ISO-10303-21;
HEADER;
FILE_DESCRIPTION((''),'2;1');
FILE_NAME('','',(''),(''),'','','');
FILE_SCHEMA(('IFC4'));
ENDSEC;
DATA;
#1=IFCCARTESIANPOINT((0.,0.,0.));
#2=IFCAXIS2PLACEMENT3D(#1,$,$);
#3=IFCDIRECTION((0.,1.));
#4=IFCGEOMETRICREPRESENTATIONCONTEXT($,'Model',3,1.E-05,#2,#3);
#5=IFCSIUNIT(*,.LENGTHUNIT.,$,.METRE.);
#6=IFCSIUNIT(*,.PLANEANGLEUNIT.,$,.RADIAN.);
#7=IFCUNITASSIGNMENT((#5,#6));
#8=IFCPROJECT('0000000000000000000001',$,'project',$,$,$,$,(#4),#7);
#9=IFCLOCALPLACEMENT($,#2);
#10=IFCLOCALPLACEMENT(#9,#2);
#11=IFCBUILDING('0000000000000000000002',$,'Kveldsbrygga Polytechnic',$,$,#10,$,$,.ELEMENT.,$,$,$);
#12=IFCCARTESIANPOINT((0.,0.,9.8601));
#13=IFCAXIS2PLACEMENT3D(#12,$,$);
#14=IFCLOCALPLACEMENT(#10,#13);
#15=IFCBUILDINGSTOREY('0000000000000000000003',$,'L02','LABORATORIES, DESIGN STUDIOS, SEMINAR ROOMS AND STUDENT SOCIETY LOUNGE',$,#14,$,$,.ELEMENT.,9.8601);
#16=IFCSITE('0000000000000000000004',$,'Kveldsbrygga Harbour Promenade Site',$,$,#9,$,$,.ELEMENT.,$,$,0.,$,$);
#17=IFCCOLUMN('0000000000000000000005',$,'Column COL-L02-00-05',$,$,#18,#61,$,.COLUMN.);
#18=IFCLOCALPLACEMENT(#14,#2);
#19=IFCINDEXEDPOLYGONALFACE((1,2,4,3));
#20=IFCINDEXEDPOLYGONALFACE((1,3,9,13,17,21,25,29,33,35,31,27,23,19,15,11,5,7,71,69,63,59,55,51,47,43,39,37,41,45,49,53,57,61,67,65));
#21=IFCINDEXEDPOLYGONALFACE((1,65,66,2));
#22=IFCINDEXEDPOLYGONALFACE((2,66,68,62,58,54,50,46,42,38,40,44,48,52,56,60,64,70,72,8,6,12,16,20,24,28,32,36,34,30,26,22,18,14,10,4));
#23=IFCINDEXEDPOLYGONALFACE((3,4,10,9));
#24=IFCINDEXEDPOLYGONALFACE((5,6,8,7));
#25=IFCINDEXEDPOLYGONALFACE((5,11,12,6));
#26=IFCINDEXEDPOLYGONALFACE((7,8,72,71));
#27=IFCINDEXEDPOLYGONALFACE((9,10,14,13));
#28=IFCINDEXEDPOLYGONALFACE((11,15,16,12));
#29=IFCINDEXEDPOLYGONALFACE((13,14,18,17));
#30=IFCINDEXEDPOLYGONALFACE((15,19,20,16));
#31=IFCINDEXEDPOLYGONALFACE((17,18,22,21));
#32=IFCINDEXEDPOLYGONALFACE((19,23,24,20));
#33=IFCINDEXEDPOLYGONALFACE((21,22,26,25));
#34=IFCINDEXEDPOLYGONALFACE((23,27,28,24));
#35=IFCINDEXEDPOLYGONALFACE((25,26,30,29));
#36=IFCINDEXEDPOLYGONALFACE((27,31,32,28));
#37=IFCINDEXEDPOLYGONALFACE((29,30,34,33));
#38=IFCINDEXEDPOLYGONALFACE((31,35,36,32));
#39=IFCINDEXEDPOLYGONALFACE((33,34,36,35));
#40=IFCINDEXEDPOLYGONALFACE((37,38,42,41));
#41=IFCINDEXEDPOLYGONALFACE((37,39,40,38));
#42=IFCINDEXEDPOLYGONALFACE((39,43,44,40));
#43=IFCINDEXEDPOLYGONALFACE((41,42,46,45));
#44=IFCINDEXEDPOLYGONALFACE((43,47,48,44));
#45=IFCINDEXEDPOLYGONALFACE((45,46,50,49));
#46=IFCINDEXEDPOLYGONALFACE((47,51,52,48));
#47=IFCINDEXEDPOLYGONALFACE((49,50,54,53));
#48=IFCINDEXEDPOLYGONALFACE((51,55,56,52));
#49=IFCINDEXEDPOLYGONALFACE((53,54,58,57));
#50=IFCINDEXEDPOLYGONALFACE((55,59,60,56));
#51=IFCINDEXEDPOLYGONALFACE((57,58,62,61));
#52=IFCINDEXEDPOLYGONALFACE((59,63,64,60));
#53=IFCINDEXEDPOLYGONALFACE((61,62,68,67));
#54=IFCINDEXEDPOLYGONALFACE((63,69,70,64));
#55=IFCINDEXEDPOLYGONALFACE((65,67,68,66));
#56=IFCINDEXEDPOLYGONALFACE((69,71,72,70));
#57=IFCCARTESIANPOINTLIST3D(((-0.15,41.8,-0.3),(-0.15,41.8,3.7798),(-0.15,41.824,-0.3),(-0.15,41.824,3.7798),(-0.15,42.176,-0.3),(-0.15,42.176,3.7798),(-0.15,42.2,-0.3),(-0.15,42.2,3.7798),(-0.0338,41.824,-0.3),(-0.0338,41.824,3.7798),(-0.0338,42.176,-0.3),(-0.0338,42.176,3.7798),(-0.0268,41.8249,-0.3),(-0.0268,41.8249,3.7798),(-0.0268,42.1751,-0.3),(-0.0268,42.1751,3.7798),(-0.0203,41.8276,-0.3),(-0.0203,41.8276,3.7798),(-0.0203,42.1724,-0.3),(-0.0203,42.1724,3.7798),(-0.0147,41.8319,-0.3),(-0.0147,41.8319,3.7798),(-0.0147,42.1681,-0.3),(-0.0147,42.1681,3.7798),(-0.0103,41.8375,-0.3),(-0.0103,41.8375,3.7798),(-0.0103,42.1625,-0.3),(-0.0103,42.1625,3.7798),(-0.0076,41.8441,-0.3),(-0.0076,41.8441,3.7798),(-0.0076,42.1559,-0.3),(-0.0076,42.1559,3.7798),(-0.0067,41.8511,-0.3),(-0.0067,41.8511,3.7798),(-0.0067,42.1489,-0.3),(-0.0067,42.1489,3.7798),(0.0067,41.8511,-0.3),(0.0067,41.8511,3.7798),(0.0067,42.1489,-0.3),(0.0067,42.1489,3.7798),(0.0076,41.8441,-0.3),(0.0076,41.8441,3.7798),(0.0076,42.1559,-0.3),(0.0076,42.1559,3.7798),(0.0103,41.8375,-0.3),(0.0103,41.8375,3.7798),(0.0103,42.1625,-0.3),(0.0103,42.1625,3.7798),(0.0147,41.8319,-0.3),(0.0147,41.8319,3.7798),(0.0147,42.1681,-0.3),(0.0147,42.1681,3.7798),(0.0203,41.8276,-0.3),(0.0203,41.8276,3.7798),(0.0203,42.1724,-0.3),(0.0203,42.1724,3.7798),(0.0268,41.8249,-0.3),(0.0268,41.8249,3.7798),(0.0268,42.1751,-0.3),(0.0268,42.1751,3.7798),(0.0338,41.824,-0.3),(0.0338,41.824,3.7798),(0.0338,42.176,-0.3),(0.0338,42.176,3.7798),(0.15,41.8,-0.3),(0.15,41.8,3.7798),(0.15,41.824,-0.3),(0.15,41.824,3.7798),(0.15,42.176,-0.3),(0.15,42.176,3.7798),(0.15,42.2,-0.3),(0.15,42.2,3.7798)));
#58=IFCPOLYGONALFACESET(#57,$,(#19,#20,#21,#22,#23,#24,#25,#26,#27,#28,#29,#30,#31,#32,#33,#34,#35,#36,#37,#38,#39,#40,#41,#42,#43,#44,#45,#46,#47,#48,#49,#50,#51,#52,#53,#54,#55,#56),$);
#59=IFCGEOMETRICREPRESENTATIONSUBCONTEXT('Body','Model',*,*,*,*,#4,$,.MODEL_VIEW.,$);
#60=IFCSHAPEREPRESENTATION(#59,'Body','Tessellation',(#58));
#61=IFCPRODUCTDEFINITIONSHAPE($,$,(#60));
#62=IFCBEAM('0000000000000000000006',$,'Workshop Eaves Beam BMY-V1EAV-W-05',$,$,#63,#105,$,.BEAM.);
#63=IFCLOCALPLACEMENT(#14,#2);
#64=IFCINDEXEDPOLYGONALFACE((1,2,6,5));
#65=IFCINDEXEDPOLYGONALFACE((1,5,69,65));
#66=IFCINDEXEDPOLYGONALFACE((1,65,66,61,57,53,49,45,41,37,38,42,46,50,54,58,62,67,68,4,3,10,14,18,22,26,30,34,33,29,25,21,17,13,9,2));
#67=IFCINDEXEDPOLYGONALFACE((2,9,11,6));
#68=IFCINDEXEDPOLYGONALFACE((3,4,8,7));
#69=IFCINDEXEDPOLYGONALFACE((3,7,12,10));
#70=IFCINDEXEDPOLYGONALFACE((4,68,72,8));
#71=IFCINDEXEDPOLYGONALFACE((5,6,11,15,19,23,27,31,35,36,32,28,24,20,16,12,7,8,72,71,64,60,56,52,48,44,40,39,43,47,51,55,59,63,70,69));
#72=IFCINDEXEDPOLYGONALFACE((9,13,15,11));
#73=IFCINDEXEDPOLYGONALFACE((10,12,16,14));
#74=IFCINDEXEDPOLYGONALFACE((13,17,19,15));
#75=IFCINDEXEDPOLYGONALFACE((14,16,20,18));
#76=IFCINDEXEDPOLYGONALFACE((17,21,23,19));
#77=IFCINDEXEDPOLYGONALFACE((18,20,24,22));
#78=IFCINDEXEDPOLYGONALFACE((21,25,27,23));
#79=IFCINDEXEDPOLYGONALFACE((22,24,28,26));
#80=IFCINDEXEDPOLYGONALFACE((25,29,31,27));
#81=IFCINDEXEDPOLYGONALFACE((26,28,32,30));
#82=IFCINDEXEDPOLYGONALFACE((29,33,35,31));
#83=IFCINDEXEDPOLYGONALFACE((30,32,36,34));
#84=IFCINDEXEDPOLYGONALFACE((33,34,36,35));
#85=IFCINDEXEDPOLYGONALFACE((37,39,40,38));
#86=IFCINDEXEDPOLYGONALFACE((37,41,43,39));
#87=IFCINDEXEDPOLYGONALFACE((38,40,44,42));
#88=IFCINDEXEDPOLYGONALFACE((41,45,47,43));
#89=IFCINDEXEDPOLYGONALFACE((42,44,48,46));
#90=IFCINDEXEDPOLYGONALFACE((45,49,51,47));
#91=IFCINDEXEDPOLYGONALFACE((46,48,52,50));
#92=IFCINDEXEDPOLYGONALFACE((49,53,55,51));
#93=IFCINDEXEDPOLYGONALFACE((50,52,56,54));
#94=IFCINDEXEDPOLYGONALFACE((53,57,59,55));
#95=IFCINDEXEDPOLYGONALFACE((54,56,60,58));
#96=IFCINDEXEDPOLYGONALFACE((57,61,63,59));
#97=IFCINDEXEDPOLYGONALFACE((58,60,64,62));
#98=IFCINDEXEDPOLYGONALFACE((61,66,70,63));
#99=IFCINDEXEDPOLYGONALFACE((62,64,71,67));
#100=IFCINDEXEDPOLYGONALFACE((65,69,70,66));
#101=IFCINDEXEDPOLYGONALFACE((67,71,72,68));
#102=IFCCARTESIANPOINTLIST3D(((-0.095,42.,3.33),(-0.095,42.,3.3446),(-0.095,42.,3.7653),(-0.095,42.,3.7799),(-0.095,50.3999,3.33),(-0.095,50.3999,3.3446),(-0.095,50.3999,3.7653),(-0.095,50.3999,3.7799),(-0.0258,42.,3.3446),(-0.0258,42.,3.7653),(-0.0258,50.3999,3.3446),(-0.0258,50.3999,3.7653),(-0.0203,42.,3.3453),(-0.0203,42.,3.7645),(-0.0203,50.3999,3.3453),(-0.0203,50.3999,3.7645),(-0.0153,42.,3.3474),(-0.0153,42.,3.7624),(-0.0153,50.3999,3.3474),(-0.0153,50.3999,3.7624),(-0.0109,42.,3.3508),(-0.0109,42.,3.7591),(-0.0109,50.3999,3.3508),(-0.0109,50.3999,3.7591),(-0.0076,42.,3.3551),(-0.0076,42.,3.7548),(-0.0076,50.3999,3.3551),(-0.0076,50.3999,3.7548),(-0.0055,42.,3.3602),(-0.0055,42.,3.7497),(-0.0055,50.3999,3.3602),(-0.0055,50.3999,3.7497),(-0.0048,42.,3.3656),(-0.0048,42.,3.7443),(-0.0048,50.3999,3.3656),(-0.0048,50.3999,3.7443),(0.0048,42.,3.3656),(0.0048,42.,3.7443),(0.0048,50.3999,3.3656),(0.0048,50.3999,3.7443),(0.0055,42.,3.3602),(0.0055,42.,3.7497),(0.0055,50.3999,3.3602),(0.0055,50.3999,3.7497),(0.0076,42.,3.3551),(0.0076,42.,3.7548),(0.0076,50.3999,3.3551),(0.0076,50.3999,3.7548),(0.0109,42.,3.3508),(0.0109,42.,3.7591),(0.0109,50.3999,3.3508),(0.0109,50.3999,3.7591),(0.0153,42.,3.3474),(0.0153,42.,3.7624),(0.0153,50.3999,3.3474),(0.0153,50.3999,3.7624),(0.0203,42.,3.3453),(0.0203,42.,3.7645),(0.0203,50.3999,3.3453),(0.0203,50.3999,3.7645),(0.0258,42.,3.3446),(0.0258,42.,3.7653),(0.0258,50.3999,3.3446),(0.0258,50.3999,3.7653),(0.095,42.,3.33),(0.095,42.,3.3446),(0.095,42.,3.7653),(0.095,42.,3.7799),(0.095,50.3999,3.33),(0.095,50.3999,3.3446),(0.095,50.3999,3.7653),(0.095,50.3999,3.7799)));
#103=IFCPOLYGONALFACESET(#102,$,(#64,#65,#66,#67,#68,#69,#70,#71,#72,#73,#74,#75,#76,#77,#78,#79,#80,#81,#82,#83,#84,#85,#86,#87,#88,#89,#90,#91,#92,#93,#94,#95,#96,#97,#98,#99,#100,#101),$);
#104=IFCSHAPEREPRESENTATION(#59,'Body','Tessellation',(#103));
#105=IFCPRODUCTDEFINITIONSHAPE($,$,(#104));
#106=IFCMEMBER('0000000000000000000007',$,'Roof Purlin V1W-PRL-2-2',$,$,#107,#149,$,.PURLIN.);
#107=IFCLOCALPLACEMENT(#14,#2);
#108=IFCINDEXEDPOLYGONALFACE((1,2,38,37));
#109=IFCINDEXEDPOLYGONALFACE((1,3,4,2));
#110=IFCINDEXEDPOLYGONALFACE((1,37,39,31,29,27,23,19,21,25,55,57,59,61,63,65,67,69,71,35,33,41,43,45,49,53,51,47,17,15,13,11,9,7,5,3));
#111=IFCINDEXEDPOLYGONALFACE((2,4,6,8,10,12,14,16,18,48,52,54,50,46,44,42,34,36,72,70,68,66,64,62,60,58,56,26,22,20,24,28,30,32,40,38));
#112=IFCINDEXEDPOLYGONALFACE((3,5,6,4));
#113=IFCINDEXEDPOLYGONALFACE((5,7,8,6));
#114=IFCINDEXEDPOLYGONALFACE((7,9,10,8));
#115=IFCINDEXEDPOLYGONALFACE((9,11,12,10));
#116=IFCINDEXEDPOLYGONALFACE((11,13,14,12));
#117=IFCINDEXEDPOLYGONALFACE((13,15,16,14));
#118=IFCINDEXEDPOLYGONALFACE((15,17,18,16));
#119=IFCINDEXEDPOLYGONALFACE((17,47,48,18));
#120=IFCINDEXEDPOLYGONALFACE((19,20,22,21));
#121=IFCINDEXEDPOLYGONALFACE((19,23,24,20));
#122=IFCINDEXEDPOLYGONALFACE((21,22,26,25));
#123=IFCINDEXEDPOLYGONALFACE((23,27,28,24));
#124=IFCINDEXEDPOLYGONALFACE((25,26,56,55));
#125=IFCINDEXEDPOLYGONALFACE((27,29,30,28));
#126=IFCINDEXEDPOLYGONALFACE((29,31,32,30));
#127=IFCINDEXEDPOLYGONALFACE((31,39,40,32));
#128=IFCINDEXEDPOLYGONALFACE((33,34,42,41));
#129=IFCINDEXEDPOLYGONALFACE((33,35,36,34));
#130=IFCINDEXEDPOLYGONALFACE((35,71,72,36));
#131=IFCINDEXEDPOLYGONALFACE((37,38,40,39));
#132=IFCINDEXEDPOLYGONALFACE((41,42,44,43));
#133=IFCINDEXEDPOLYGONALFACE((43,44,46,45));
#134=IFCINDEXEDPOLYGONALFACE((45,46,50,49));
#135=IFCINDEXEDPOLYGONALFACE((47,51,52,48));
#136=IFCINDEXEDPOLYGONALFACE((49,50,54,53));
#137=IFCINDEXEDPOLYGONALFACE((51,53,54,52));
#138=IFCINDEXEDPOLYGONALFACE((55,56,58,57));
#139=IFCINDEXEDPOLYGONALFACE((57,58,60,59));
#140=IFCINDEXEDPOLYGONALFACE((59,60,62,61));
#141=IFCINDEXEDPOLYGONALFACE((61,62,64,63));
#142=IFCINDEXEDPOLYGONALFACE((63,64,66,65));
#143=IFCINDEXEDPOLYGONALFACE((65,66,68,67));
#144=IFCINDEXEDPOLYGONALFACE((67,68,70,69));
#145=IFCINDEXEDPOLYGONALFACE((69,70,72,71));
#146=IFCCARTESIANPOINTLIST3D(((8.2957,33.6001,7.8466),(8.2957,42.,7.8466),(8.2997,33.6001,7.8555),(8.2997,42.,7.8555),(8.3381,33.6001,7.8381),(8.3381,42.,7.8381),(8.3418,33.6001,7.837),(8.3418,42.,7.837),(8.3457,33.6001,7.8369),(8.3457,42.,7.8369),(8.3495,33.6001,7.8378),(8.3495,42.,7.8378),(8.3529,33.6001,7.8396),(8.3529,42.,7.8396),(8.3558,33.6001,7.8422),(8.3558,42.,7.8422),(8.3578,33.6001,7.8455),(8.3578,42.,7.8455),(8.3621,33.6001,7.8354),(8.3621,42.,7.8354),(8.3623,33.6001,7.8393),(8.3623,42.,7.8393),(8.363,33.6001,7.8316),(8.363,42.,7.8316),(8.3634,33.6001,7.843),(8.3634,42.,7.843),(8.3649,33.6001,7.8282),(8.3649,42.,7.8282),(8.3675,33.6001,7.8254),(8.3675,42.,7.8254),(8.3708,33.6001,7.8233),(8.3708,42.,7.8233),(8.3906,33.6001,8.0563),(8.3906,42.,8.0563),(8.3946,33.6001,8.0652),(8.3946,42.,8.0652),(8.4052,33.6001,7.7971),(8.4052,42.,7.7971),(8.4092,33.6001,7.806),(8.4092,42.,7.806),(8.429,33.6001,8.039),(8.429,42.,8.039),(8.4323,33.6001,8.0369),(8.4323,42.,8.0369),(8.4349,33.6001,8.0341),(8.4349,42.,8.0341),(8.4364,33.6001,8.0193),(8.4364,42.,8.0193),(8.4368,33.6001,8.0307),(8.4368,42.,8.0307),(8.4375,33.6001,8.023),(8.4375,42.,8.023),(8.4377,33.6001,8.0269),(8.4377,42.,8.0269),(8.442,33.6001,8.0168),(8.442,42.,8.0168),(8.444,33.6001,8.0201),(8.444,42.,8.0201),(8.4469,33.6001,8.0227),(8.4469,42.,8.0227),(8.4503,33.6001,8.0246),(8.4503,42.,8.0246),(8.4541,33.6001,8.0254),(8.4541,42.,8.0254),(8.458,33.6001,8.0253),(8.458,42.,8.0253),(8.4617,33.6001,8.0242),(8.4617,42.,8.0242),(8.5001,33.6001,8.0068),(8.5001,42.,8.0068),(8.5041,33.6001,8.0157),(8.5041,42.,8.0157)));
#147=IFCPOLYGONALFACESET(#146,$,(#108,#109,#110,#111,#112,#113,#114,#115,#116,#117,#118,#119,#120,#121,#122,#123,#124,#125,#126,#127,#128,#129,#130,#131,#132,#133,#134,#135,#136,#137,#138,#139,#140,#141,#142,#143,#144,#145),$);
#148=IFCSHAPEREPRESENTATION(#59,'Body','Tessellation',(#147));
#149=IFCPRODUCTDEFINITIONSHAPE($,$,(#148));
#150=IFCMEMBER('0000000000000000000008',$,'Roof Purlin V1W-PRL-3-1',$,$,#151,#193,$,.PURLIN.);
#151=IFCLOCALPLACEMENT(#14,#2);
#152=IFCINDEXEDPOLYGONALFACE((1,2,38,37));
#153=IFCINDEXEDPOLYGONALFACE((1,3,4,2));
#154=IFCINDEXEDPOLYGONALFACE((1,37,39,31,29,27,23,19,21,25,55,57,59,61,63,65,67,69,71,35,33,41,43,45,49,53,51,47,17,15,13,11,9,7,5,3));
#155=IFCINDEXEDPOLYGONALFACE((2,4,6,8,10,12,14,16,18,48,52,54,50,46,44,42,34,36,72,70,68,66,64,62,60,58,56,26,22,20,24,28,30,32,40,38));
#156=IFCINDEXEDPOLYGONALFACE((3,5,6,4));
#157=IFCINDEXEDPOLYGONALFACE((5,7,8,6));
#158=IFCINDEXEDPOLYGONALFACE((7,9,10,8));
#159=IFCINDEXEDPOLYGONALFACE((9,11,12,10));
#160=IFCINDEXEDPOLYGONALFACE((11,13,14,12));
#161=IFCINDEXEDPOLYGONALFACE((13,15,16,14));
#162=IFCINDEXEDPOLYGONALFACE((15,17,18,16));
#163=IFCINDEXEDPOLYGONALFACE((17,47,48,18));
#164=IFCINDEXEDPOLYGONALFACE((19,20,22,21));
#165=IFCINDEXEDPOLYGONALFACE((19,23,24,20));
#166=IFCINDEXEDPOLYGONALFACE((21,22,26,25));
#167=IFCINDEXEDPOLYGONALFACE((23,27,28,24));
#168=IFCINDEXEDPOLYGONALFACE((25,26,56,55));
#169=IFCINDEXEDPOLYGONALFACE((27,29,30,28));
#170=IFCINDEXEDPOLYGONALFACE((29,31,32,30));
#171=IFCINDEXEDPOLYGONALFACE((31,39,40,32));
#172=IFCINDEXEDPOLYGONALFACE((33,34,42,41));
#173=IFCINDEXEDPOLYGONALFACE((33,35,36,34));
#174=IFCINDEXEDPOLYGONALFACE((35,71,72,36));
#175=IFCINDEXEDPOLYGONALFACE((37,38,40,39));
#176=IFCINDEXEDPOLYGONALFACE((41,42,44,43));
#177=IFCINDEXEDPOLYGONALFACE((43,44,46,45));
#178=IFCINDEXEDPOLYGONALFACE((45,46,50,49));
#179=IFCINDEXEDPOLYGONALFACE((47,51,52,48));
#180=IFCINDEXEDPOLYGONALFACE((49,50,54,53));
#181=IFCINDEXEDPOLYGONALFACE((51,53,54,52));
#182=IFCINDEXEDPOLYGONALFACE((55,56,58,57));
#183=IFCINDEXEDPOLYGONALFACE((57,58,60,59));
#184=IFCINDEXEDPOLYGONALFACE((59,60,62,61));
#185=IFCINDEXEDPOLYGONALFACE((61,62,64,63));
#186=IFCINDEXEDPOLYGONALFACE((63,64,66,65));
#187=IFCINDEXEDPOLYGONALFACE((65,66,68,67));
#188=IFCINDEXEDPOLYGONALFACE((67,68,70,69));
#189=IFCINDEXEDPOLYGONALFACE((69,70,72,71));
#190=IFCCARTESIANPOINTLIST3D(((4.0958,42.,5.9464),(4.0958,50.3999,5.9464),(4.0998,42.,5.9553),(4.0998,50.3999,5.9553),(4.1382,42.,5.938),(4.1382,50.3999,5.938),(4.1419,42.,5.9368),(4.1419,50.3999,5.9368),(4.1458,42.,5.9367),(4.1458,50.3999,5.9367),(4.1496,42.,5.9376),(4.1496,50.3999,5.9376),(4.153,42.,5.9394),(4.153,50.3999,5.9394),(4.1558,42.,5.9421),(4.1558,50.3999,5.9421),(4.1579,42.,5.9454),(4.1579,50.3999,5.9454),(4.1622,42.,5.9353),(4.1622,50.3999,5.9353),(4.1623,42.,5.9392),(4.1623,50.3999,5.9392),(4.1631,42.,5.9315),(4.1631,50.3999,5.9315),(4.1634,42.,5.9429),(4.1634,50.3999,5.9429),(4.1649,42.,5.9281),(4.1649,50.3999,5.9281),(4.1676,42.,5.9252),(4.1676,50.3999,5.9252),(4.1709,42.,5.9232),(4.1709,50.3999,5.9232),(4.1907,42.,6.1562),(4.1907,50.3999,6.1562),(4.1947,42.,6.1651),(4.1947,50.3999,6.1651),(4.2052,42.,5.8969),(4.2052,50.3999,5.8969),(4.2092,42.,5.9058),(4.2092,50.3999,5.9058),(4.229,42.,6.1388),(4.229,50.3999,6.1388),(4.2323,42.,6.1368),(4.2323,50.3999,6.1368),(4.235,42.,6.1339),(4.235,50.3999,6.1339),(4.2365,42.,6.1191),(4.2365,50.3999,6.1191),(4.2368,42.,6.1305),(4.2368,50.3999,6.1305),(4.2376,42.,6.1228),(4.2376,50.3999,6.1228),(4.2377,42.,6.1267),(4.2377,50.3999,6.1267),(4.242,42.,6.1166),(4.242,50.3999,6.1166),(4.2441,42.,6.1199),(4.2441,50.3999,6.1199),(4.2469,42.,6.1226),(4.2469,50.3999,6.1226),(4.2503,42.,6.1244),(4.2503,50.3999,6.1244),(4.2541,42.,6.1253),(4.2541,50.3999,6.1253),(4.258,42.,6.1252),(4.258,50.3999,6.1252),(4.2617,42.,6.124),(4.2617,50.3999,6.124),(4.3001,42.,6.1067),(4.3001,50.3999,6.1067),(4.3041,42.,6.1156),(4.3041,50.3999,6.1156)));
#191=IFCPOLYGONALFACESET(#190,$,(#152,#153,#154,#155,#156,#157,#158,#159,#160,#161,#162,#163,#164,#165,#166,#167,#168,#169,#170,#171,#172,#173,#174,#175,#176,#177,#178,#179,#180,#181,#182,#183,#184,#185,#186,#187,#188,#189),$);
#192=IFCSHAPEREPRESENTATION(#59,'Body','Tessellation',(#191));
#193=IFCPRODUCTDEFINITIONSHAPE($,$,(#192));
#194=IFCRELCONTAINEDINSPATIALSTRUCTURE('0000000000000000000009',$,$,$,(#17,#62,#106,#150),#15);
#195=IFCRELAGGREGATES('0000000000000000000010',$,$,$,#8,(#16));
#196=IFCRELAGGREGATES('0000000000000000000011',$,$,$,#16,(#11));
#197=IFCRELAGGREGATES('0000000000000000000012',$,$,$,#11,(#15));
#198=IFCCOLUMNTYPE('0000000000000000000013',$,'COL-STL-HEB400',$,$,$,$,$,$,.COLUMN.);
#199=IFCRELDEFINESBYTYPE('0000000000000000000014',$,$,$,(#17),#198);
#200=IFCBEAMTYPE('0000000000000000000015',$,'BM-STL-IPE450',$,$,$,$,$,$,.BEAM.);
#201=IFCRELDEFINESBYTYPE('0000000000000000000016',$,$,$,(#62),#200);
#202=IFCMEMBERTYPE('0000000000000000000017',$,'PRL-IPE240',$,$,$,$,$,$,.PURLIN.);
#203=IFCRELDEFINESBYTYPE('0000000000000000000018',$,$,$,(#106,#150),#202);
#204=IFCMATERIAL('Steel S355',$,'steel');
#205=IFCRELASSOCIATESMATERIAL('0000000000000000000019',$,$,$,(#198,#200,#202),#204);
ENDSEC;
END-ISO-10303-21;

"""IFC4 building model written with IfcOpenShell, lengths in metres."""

from ifc_helpers import new_model, si_unit, direction, frame, origin, origin_2d, place, context, subcontext, project, spatial, i_section, extrude, material, material_profile, profile_set, type_object, element, save


model = new_model("IFC4")

# Units and contexts
model_context = context("Model", 3, precision=1e-05, world=origin(), true_north=direction((0.0, 1.0)))
body_context = subcontext(model_context, "Body", "Model", "MODEL_VIEW")
ifc_project = project(units=[si_unit("LENGTHUNIT", "METRE"), si_unit("PLANEANGLEUNIT", "RADIAN")], contexts=[model_context])

# Site, building, storey
site_placement = place(None, origin())
site = spatial("IfcSite", under=ifc_project, at=site_placement, Name="Kveldsbrygga Harbour Promenade Site", CompositionType="ELEMENT", RefElevation=0.0)
building_placement = place(site_placement, origin())
building = spatial("IfcBuilding", under=site, at=building_placement, Name="Kveldsbrygga Polytechnic", CompositionType="ELEMENT")
storey_placement = place(building_placement, frame((0.0, 0.0, 9.8601)))
storey = spatial("IfcBuildingStorey", under=building, at=storey_placement, Name="L02", Description="LABORATORIES, DESIGN STUDIOS, SEMINAR ROOMS AND STUDENT SOCIETY LOUNGE", CompositionType="ELEMENT", Elevation=9.8601)

# Column
ifc_material_1 = material(Name="Steel S355", Category="steel")
ifc_material_profile_1 = material_profile(ifc_material_1, i_section(OverallWidth=0.3, OverallDepth=0.3999, WebThickness=0.0134, FlangeThickness=0.0239, FilletRadius=0.0271, at=origin_2d()), Name="HEB 400")
ifc_profile_set_1 = profile_set([ifc_material_profile_1], Name="Steel S355")
column_type = type_object("IfcColumnType", Name="COL-STL-HEB400", PredefinedType="COLUMN", material=ifc_profile_set_1)
column_placement = place(storey_placement, frame((0.0, 42.0, -0.3), z_axis=(0.0, 0.0, 1.0), x_axis=(1.0, 0.0, 0.0)))
element("IfcColumn", 1, at=column_placement, inside=storey, type_object=column_type, Name="Column COL-L02-00-05", PredefinedType="COLUMN", context=body_context, shape_type="SweptSolid", body=[
    extrude(i_section(OverallWidth=0.3, OverallDepth=0.3999, WebThickness=0.0134, FlangeThickness=0.0239, FilletRadius=0.0271, at=origin_2d()), origin(), (0.0, 0.0, 1.0), 4.0798),
])

# Beam
ifc_material_profile_2 = material_profile(ifc_material_1, i_section(OverallWidth=0.1899, OverallDepth=0.45, WebThickness=0.0095, FlangeThickness=0.0146, FilletRadius=0.021, at=origin_2d()), Name="IPE 450")
ifc_profile_set_2 = profile_set([ifc_material_profile_2], Name="Steel S355")
beam_type = type_object("IfcBeamType", Name="BM-STL-IPE450", PredefinedType="BEAM", material=ifc_profile_set_2)
beam_placement = place(storey_placement, frame((0.0, 42.0, 3.5549), z_axis=(0.0, 1.0, 0.0), x_axis=(-1.0, 0.0, 0.0)))
element("IfcBeam", 2, at=beam_placement, inside=storey, type_object=beam_type, Name="Workshop Eaves Beam BMY-V1EAV-W-05", PredefinedType="BEAM", context=body_context, shape_type="SweptSolid", body=[
    extrude(i_section(OverallWidth=0.1899, OverallDepth=0.45, WebThickness=0.0095, FlangeThickness=0.0146, FilletRadius=0.021, at=origin_2d()), origin(), (0.0, 0.0, 1.0), 8.3999),
])

# Members
ifc_material_profile_3 = material_profile(ifc_material_1, i_section(OverallWidth=0.1201, OverallDepth=0.24, WebThickness=0.0061, FlangeThickness=0.0098, FilletRadius=0.0149, at=origin_2d()), Name="IPE 240")
ifc_profile_set_3 = profile_set([ifc_material_profile_3], Name="Steel S355")
member_type_1 = type_object("IfcMemberType", Name="PRL-IPE240", PredefinedType="PURLIN", material=ifc_profile_set_3)
for number, where, z_axis, x_axis, name in (
    (3, (8.3999, 33.6001, 7.9312), (0.0, 1.0, 0.0), (-0.911108, 0.0, 0.412168), "Roof Purlin V1W-PRL-2-2"),
    (4, (4.2, 42.0, 6.031), (0.0, 1.0, 0.0), (-0.911108, 0.0, 0.412168), "Roof Purlin V1W-PRL-3-1"),
):
    element("IfcMember", number, at=place(storey_placement, frame(where, z_axis=z_axis, x_axis=x_axis)), inside=storey, type_object=member_type_1, Name=name, PredefinedType="PURLIN", context=body_context, shape_type="SweptSolid", body=[
        extrude(i_section(OverallWidth=0.1201, OverallDepth=0.24, WebThickness=0.0061, FlangeThickness=0.0098, FilletRadius=0.0149, at=origin_2d()), origin(), (0.0, 0.0, 1.0), 8.3999),
    ])

save(model, "model.ifc")
